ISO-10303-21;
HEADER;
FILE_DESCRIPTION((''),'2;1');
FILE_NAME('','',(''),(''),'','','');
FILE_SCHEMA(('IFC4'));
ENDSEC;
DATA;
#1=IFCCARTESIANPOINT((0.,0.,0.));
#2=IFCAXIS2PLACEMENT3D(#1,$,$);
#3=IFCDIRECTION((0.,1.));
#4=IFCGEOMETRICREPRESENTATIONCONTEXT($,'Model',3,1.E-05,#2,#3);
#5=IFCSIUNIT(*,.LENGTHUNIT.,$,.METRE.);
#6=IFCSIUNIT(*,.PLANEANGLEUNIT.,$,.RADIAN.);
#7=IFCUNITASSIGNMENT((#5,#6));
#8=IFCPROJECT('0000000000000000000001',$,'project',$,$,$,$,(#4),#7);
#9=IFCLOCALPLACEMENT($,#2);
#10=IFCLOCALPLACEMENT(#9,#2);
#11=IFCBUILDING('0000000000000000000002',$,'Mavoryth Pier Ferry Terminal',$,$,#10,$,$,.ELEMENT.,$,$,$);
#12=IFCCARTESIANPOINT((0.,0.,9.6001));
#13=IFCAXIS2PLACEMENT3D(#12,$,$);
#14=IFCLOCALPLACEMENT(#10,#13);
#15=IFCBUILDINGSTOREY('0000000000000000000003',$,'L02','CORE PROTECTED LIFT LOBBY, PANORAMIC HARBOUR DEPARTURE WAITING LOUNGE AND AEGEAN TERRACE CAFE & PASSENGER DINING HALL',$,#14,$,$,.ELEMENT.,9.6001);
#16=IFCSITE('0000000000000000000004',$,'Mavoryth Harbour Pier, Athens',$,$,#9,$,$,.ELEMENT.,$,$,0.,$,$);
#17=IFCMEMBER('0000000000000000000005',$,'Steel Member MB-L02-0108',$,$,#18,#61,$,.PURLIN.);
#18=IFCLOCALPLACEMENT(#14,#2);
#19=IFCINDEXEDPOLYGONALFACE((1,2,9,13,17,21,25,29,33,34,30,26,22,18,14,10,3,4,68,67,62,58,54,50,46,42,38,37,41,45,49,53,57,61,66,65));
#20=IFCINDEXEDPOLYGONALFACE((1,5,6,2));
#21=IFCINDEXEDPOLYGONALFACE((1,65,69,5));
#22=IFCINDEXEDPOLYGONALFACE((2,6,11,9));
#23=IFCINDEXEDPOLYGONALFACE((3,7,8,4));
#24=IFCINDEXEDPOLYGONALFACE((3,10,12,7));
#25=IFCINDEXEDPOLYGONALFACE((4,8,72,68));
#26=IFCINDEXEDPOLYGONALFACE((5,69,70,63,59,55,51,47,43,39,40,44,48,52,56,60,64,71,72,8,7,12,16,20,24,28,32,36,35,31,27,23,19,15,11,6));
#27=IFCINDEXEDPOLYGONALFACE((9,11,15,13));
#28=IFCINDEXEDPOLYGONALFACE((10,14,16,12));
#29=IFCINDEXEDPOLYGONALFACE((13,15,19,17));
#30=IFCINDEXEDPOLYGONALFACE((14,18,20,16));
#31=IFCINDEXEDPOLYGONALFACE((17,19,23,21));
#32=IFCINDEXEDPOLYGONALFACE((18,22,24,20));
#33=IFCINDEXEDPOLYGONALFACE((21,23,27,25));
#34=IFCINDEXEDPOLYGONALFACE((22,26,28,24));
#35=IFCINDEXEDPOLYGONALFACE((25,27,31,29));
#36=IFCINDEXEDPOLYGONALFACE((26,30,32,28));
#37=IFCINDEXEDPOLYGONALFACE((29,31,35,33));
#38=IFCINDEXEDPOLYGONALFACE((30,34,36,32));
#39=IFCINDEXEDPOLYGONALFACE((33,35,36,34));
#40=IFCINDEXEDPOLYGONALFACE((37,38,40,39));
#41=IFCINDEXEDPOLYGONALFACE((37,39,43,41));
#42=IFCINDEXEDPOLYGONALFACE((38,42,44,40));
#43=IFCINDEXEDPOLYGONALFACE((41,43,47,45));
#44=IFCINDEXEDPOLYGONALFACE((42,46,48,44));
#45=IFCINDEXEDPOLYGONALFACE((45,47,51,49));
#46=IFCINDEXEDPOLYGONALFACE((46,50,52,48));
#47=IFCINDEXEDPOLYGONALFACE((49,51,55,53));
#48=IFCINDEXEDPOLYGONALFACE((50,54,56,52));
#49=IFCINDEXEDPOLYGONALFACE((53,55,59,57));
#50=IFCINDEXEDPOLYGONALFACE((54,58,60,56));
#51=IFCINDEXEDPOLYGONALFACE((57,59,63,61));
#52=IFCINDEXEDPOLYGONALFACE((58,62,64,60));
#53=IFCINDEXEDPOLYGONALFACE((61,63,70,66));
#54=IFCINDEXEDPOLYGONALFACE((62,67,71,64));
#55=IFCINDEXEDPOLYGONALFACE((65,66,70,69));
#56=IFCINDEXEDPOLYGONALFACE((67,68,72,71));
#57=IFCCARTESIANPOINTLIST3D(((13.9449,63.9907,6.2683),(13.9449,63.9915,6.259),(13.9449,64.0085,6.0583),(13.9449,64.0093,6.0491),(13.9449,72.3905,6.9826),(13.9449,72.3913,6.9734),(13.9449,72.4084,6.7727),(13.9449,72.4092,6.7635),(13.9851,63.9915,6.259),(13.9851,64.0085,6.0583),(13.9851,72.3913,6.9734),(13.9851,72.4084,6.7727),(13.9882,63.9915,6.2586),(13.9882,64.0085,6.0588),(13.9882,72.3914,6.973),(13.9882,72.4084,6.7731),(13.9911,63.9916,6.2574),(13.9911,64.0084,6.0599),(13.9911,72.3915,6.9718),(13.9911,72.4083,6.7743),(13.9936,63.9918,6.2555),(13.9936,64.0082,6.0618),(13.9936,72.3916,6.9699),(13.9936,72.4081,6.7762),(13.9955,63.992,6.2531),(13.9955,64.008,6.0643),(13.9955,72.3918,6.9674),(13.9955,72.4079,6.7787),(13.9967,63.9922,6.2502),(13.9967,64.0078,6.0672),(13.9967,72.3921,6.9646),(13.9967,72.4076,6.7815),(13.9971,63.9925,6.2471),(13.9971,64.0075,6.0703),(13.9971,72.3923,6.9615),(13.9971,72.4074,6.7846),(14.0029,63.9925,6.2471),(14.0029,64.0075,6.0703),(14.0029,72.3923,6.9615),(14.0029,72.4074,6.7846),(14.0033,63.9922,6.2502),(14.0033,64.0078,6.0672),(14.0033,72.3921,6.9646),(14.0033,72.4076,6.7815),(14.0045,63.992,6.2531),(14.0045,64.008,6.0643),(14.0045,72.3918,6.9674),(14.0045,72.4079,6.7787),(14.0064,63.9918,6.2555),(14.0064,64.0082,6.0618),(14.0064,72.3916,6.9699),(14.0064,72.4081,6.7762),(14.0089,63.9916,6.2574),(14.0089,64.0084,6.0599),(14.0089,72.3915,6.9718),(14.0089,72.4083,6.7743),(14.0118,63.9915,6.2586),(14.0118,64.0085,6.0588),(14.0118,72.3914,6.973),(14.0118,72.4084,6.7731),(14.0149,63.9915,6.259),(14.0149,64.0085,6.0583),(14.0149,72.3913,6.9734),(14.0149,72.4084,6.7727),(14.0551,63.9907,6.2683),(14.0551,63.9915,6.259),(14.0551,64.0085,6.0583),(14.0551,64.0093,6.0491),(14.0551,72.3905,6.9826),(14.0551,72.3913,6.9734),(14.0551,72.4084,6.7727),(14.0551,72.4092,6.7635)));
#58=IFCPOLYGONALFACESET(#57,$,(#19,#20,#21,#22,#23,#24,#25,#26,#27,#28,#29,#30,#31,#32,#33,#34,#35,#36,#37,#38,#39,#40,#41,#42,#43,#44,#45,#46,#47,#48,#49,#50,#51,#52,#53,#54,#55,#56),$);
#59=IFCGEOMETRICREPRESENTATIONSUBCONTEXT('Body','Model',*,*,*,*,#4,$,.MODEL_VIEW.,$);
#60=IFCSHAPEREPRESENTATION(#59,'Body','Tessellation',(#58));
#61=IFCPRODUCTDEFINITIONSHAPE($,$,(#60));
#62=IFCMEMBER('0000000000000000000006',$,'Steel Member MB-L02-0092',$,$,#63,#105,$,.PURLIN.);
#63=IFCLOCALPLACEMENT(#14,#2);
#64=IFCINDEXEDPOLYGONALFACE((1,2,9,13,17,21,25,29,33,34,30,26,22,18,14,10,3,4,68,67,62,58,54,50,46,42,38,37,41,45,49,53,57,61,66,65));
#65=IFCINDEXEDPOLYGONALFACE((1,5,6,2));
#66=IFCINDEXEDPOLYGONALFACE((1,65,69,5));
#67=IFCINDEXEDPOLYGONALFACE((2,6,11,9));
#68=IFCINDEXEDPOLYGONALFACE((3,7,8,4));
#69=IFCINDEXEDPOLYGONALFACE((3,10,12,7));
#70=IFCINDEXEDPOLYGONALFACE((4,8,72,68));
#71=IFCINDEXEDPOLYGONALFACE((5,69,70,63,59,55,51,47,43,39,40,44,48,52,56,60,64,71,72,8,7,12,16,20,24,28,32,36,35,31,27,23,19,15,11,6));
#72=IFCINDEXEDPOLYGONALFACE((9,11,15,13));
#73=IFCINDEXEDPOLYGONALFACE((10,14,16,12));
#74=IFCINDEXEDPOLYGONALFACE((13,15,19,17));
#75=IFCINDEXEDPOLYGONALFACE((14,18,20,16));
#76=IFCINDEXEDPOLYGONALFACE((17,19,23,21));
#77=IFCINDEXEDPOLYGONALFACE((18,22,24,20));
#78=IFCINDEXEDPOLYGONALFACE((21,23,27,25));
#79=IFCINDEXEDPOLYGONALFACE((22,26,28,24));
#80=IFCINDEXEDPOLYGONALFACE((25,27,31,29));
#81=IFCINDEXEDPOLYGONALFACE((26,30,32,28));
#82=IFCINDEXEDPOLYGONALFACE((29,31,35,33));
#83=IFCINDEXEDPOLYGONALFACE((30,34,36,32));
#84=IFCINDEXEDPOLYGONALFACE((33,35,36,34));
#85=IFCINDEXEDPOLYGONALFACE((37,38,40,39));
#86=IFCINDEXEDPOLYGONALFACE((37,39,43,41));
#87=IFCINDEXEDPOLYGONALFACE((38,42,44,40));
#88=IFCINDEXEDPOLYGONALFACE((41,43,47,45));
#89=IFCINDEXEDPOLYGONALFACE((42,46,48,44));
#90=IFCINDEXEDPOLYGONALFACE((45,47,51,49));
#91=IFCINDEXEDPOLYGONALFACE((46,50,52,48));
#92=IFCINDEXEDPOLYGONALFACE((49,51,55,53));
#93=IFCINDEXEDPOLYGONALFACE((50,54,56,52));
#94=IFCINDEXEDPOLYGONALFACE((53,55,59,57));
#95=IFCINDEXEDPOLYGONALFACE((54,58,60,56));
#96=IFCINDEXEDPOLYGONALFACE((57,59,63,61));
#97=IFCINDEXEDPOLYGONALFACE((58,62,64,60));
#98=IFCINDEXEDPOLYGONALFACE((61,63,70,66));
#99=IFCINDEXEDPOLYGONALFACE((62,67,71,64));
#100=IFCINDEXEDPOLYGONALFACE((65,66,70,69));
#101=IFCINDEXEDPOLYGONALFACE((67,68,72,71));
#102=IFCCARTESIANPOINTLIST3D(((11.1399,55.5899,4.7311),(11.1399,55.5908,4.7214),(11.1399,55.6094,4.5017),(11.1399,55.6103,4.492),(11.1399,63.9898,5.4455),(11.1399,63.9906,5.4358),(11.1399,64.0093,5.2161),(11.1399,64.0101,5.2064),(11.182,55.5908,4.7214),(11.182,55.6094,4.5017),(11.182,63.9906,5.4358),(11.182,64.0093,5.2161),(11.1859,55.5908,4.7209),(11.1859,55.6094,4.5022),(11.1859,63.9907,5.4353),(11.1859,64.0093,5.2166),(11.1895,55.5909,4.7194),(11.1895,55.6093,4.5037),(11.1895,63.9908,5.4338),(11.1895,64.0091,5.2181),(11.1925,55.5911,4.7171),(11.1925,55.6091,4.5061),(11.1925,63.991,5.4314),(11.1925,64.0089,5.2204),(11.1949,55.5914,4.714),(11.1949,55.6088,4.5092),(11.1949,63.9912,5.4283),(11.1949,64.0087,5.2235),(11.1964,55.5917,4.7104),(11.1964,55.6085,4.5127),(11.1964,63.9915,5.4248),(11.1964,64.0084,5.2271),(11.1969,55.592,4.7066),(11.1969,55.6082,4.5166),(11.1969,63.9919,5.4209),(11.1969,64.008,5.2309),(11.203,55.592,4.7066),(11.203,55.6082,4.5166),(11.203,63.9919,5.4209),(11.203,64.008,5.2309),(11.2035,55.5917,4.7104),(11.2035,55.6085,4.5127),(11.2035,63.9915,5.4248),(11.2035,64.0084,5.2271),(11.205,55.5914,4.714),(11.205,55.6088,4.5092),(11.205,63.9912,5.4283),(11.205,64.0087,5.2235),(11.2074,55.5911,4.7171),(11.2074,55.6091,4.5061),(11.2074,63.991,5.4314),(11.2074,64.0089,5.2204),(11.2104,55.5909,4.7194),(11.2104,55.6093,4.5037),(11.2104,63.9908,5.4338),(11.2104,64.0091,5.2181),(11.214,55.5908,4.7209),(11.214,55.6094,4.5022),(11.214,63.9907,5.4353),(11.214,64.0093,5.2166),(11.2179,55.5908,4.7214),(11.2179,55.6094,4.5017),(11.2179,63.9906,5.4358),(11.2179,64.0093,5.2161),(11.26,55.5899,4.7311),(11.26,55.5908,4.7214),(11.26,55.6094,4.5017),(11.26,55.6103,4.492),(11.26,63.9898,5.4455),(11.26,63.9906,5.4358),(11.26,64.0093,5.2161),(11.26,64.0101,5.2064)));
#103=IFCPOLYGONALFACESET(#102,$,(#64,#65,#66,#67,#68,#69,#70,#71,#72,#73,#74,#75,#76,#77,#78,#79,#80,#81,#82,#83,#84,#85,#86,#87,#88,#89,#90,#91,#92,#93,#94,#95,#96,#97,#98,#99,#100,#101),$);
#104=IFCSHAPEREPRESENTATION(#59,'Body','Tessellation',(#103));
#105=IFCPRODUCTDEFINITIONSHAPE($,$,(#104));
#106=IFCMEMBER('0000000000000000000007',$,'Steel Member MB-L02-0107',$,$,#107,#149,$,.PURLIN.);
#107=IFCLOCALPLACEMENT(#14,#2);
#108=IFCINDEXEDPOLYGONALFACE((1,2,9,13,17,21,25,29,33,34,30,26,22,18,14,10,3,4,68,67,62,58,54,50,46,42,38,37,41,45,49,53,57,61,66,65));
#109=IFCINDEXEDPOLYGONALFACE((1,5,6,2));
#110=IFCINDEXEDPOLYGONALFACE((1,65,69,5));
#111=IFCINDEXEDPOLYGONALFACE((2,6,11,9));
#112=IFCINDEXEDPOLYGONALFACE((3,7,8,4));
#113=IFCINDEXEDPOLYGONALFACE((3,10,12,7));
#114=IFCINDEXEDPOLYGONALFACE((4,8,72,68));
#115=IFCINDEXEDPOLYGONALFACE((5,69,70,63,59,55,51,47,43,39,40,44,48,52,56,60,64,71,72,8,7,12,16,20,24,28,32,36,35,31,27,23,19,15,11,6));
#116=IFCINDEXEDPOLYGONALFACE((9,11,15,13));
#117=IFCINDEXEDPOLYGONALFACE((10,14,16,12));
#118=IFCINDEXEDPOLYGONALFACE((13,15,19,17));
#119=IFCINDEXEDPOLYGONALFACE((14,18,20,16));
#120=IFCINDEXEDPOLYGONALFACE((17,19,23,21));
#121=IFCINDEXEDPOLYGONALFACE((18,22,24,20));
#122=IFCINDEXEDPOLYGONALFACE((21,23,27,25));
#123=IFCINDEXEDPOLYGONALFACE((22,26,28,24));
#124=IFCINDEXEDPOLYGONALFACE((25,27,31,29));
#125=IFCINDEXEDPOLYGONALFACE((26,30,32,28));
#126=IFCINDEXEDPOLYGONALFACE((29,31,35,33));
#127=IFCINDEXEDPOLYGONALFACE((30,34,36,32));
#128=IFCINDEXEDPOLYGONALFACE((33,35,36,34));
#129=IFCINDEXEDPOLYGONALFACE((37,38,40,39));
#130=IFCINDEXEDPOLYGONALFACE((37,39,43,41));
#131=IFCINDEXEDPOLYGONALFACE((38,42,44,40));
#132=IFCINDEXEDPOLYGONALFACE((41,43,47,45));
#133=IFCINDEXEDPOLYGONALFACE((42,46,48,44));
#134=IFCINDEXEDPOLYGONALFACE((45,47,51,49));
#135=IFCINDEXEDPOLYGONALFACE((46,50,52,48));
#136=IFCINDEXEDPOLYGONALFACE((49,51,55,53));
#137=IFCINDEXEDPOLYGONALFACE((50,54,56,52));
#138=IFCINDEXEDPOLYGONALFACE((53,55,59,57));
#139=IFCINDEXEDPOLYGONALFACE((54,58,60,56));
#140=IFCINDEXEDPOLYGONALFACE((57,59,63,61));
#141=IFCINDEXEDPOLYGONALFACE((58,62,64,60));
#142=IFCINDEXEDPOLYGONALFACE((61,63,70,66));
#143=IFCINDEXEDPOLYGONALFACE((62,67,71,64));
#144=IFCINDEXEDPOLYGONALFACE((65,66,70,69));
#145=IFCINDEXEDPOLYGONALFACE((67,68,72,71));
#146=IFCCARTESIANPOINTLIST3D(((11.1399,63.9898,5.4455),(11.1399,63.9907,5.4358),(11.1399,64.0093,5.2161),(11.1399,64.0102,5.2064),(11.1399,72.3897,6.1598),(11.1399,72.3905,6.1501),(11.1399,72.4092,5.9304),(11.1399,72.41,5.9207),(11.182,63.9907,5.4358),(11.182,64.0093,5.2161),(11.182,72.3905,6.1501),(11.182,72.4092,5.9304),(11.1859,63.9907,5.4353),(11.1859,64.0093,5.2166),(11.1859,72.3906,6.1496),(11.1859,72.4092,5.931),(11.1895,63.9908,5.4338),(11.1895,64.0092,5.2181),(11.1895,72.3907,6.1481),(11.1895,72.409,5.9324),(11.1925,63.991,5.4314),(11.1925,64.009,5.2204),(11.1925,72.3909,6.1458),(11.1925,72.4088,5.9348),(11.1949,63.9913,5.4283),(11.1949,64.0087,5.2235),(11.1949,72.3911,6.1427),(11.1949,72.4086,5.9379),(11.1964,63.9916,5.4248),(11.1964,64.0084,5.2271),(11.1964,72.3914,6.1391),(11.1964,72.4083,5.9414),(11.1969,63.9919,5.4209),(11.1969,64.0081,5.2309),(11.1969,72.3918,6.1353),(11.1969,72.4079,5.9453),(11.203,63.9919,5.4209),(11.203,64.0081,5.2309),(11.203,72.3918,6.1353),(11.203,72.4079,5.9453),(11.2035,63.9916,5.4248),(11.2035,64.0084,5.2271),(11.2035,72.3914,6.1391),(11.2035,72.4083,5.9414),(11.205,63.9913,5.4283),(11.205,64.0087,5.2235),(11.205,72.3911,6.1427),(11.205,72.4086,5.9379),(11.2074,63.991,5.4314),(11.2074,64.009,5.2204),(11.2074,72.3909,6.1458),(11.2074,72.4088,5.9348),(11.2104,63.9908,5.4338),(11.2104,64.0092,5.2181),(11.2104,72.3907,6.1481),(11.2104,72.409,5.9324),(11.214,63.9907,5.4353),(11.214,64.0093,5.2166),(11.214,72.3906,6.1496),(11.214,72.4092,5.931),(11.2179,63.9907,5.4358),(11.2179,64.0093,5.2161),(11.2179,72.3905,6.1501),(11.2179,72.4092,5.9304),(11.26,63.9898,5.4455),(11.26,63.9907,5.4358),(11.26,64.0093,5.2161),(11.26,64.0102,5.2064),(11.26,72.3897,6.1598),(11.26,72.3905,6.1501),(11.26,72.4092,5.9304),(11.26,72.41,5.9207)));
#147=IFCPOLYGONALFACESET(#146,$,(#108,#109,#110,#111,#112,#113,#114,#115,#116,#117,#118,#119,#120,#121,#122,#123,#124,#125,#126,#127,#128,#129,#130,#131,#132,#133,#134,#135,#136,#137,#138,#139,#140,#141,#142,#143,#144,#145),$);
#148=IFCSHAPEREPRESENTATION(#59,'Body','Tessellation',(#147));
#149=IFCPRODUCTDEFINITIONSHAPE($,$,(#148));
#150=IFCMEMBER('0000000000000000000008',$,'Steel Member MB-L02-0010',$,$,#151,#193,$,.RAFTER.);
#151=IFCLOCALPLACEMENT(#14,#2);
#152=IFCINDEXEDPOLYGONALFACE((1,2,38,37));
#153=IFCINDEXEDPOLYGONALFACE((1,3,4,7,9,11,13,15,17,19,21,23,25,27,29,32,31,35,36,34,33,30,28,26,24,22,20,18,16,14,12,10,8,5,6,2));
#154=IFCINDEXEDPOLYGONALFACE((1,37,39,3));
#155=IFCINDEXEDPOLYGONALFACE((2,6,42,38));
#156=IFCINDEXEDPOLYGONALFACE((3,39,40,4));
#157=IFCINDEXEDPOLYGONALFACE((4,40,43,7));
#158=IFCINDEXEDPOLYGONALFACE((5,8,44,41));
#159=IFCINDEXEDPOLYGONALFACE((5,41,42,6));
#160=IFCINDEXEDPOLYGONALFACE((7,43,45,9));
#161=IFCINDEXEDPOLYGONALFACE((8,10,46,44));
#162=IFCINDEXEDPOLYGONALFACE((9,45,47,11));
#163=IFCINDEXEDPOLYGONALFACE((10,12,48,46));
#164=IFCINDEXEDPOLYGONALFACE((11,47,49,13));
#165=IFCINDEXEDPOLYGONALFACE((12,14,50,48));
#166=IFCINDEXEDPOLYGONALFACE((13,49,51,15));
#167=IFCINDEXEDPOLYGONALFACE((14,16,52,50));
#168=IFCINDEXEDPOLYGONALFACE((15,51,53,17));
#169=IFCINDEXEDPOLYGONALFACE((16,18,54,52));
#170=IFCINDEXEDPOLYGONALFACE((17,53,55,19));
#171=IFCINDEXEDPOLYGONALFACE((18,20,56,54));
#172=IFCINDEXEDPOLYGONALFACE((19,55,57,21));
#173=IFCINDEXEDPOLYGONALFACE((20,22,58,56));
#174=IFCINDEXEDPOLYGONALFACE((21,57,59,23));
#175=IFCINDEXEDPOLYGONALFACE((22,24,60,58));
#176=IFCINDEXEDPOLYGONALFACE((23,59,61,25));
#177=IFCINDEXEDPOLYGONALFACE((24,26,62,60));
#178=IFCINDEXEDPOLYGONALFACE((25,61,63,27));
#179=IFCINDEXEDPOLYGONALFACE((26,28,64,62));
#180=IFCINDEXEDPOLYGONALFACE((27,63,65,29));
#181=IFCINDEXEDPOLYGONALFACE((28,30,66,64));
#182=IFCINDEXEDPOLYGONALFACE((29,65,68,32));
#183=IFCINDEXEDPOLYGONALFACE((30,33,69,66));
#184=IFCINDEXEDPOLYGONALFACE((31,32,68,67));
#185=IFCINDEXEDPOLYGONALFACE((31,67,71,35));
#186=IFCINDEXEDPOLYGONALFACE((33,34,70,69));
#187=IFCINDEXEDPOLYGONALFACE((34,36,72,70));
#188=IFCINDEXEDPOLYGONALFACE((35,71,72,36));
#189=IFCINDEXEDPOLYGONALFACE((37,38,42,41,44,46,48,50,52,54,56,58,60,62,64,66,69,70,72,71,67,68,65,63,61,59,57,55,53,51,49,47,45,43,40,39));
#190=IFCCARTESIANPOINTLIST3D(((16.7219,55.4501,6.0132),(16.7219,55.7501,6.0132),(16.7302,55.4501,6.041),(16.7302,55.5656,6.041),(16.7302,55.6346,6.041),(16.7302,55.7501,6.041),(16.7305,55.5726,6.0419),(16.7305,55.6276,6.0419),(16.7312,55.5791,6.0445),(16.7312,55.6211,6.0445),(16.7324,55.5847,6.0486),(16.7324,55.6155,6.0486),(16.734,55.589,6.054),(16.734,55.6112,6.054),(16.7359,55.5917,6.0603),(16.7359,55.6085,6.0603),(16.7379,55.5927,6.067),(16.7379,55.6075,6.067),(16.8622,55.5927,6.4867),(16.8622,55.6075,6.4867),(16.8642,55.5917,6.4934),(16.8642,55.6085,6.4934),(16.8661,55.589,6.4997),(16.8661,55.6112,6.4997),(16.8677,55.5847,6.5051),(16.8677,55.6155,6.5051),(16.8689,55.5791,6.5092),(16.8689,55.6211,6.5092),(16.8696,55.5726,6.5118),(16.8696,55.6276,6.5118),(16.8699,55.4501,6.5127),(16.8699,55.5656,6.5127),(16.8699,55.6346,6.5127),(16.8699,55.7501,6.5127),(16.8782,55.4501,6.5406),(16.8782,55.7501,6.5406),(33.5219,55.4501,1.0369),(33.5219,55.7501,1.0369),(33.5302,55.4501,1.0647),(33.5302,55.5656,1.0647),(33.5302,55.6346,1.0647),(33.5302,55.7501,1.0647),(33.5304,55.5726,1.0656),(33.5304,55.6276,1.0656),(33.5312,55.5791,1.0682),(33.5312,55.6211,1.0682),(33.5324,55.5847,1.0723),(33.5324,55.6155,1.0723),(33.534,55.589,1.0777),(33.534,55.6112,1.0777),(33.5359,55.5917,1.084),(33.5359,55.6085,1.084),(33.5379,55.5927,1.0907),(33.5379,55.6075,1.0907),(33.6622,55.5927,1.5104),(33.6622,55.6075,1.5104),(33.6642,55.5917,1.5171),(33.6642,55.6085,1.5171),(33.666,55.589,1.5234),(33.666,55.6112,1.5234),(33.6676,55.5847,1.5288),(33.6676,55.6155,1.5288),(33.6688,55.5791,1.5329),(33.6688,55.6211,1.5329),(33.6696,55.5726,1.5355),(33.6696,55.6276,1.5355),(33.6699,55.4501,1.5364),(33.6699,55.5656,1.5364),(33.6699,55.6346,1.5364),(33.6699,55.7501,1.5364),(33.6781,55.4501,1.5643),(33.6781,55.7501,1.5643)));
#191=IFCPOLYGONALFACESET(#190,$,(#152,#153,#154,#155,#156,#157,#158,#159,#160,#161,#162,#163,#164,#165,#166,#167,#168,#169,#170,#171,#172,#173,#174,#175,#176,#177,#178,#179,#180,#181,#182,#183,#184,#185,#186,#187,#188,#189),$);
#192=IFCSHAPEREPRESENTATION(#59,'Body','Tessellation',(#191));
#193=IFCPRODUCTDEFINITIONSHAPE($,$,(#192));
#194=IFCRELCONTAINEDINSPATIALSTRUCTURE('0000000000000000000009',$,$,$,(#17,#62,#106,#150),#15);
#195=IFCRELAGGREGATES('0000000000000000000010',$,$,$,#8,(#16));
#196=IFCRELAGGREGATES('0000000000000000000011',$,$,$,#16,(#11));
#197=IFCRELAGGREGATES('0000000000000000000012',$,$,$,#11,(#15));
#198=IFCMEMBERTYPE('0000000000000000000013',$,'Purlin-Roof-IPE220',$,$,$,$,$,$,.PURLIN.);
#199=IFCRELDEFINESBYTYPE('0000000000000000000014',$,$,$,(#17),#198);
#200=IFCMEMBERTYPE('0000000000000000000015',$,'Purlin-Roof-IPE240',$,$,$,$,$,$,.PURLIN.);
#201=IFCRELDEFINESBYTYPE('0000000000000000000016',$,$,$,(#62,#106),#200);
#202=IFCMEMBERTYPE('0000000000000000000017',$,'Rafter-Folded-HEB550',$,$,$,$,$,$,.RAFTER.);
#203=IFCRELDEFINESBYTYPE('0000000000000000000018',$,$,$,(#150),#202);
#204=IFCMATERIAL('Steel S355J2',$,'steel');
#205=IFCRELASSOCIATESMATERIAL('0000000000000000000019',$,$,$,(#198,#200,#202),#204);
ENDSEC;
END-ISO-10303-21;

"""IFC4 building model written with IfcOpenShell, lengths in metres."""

from ifc_helpers import new_model, si_unit, direction, frame, origin, origin_2d, place, context, subcontext, project, spatial, i_section, extrude, material, material_profile, profile_set, type_object, element, save


model = new_model("IFC4")

# Units and contexts
model_context = context("Model", 3, precision=1e-05, world=origin(), true_north=direction((0.0, 1.0)))
body_context = subcontext(model_context, "Body", "Model", "MODEL_VIEW")
ifc_project = project(units=[si_unit("LENGTHUNIT", "METRE"), si_unit("PLANEANGLEUNIT", "RADIAN")], contexts=[model_context])

# Site, building, storey
site_placement = place(None, origin())
site = spatial("IfcSite", under=ifc_project, at=site_placement, Name="Mavoryth Harbour Pier, Athens", CompositionType="ELEMENT", RefElevation=0.0)
building_placement = place(site_placement, origin())
building = spatial("IfcBuilding", under=site, at=building_placement, Name="Mavoryth Pier Ferry Terminal", CompositionType="ELEMENT")
storey_placement = place(building_placement, frame((0.0, 0.0, 9.6001)))
storey = spatial("IfcBuildingStorey", under=building, at=storey_placement, Name="L02", Description="CORE PROTECTED LIFT LOBBY, PANORAMIC HARBOUR DEPARTURE WAITING LOUNGE AND AEGEAN TERRACE CAFE & PASSENGER DINING HALL", CompositionType="ELEMENT", Elevation=9.6001)

# Shared definitions
ifc_material_1 = material(Name="Steel S355J2", Category="steel")

# Members
ifc_material_profile_1 = material_profile(ifc_material_1, i_section(OverallWidth=0.1101, OverallDepth=0.22, WebThickness=0.0059, FlangeThickness=0.0093, FilletRadius=0.012, at=origin_2d()), Name="IPE 220", Category="steel")
ifc_profile_set_1 = profile_set([ifc_material_profile_1], Name="Steel S355J2 - IPE 220")
member_type_1 = type_object("IfcMemberType", Name="Purlin-Roof-IPE220", PredefinedType="PURLIN", material=ifc_profile_set_1)
for number, where, z_axis, x_axis, name in (
    (1, (14.0, 64.0, 6.1587), (0.0, 0.996403, 0.084737), (-1.0, 0.0, 0.0), "Steel Member MB-L02-0108"),
):
    element("IfcMember", number, at=place(storey_placement, frame(where, z_axis=z_axis, x_axis=x_axis)), inside=storey, type_object=member_type_1, Name=name, PredefinedType="PURLIN", context=body_context, shape_type="SweptSolid", body=[
        extrude(i_section(OverallWidth=0.1101, OverallDepth=0.22, WebThickness=0.0059, FlangeThickness=0.0093, FilletRadius=0.012, at=origin_2d()), origin(), (0.0, 0.0, 1.0), 8.4302),
    ])
ifc_material_profile_2 = material_profile(ifc_material_1, i_section(OverallWidth=0.1201, OverallDepth=0.24, WebThickness=0.0061, FlangeThickness=0.0098, FilletRadius=0.0149, at=origin_2d()), Name="IPE 240", Category="steel")
ifc_profile_set_2 = profile_set([ifc_material_profile_2], Name="Steel S355J2 - IPE 240")
member_type_2 = type_object("IfcMemberType", Name="Purlin-Roof-IPE240", PredefinedType="PURLIN", material=ifc_profile_set_2)
for number, where, z_axis, x_axis, name in (
    (2, (11.2, 55.6001, 4.6116), (0.0, 0.996403, 0.084737), (-1.0, 0.0, 0.0), "Steel Member MB-L02-0092"),
    (3, (11.2, 64.0, 5.3259), (0.0, 0.996403, 0.084737), (-1.0, 0.0, 0.0), "Steel Member MB-L02-0107"),
):
    element("IfcMember", number, at=place(storey_placement, frame(where, z_axis=z_axis, x_axis=x_axis)), inside=storey, type_object=member_type_2, Name=name, PredefinedType="PURLIN", context=body_context, shape_type="SweptSolid", body=[
        extrude(i_section(OverallWidth=0.1201, OverallDepth=0.24, WebThickness=0.0061, FlangeThickness=0.0098, FilletRadius=0.0149, at=origin_2d()), origin(), (0.0, 0.0, 1.0), 8.4302),
    ])
ifc_material_profile_3 = material_profile(ifc_material_1, i_section(OverallWidth=0.3, OverallDepth=0.55, WebThickness=0.0149, FlangeThickness=0.0291, FilletRadius=0.0271, at=origin_2d()), Name="HEB 550", Category="steel")
ifc_profile_set_3 = profile_set([ifc_material_profile_3], Name="Steel S355J2 - HEB 550")
member_type_3 = type_object("IfcMemberType", Name="Rafter-Folded-HEB550", PredefinedType="RAFTER", material=ifc_profile_set_3)
for number, where, z_axis, x_axis, name in (
    (4, (16.8, 55.6001, 6.2769), (0.958821, 0.0, -0.284011), (0.0, 1.0, 0.0), "Steel Member MB-L02-0010"),
):
    element("IfcMember", number, at=place(storey_placement, frame(where, z_axis=z_axis, x_axis=x_axis)), inside=storey, type_object=member_type_3, Name=name, PredefinedType="RAFTER", context=body_context, shape_type="SweptSolid", body=[
        extrude(i_section(OverallWidth=0.3, OverallDepth=0.55, WebThickness=0.0149, FlangeThickness=0.0291, FilletRadius=0.0271, at=origin_2d()), origin(), (0.0, 0.0, 1.0), 17.5215),
    ])

save(model, "model.ifc")
